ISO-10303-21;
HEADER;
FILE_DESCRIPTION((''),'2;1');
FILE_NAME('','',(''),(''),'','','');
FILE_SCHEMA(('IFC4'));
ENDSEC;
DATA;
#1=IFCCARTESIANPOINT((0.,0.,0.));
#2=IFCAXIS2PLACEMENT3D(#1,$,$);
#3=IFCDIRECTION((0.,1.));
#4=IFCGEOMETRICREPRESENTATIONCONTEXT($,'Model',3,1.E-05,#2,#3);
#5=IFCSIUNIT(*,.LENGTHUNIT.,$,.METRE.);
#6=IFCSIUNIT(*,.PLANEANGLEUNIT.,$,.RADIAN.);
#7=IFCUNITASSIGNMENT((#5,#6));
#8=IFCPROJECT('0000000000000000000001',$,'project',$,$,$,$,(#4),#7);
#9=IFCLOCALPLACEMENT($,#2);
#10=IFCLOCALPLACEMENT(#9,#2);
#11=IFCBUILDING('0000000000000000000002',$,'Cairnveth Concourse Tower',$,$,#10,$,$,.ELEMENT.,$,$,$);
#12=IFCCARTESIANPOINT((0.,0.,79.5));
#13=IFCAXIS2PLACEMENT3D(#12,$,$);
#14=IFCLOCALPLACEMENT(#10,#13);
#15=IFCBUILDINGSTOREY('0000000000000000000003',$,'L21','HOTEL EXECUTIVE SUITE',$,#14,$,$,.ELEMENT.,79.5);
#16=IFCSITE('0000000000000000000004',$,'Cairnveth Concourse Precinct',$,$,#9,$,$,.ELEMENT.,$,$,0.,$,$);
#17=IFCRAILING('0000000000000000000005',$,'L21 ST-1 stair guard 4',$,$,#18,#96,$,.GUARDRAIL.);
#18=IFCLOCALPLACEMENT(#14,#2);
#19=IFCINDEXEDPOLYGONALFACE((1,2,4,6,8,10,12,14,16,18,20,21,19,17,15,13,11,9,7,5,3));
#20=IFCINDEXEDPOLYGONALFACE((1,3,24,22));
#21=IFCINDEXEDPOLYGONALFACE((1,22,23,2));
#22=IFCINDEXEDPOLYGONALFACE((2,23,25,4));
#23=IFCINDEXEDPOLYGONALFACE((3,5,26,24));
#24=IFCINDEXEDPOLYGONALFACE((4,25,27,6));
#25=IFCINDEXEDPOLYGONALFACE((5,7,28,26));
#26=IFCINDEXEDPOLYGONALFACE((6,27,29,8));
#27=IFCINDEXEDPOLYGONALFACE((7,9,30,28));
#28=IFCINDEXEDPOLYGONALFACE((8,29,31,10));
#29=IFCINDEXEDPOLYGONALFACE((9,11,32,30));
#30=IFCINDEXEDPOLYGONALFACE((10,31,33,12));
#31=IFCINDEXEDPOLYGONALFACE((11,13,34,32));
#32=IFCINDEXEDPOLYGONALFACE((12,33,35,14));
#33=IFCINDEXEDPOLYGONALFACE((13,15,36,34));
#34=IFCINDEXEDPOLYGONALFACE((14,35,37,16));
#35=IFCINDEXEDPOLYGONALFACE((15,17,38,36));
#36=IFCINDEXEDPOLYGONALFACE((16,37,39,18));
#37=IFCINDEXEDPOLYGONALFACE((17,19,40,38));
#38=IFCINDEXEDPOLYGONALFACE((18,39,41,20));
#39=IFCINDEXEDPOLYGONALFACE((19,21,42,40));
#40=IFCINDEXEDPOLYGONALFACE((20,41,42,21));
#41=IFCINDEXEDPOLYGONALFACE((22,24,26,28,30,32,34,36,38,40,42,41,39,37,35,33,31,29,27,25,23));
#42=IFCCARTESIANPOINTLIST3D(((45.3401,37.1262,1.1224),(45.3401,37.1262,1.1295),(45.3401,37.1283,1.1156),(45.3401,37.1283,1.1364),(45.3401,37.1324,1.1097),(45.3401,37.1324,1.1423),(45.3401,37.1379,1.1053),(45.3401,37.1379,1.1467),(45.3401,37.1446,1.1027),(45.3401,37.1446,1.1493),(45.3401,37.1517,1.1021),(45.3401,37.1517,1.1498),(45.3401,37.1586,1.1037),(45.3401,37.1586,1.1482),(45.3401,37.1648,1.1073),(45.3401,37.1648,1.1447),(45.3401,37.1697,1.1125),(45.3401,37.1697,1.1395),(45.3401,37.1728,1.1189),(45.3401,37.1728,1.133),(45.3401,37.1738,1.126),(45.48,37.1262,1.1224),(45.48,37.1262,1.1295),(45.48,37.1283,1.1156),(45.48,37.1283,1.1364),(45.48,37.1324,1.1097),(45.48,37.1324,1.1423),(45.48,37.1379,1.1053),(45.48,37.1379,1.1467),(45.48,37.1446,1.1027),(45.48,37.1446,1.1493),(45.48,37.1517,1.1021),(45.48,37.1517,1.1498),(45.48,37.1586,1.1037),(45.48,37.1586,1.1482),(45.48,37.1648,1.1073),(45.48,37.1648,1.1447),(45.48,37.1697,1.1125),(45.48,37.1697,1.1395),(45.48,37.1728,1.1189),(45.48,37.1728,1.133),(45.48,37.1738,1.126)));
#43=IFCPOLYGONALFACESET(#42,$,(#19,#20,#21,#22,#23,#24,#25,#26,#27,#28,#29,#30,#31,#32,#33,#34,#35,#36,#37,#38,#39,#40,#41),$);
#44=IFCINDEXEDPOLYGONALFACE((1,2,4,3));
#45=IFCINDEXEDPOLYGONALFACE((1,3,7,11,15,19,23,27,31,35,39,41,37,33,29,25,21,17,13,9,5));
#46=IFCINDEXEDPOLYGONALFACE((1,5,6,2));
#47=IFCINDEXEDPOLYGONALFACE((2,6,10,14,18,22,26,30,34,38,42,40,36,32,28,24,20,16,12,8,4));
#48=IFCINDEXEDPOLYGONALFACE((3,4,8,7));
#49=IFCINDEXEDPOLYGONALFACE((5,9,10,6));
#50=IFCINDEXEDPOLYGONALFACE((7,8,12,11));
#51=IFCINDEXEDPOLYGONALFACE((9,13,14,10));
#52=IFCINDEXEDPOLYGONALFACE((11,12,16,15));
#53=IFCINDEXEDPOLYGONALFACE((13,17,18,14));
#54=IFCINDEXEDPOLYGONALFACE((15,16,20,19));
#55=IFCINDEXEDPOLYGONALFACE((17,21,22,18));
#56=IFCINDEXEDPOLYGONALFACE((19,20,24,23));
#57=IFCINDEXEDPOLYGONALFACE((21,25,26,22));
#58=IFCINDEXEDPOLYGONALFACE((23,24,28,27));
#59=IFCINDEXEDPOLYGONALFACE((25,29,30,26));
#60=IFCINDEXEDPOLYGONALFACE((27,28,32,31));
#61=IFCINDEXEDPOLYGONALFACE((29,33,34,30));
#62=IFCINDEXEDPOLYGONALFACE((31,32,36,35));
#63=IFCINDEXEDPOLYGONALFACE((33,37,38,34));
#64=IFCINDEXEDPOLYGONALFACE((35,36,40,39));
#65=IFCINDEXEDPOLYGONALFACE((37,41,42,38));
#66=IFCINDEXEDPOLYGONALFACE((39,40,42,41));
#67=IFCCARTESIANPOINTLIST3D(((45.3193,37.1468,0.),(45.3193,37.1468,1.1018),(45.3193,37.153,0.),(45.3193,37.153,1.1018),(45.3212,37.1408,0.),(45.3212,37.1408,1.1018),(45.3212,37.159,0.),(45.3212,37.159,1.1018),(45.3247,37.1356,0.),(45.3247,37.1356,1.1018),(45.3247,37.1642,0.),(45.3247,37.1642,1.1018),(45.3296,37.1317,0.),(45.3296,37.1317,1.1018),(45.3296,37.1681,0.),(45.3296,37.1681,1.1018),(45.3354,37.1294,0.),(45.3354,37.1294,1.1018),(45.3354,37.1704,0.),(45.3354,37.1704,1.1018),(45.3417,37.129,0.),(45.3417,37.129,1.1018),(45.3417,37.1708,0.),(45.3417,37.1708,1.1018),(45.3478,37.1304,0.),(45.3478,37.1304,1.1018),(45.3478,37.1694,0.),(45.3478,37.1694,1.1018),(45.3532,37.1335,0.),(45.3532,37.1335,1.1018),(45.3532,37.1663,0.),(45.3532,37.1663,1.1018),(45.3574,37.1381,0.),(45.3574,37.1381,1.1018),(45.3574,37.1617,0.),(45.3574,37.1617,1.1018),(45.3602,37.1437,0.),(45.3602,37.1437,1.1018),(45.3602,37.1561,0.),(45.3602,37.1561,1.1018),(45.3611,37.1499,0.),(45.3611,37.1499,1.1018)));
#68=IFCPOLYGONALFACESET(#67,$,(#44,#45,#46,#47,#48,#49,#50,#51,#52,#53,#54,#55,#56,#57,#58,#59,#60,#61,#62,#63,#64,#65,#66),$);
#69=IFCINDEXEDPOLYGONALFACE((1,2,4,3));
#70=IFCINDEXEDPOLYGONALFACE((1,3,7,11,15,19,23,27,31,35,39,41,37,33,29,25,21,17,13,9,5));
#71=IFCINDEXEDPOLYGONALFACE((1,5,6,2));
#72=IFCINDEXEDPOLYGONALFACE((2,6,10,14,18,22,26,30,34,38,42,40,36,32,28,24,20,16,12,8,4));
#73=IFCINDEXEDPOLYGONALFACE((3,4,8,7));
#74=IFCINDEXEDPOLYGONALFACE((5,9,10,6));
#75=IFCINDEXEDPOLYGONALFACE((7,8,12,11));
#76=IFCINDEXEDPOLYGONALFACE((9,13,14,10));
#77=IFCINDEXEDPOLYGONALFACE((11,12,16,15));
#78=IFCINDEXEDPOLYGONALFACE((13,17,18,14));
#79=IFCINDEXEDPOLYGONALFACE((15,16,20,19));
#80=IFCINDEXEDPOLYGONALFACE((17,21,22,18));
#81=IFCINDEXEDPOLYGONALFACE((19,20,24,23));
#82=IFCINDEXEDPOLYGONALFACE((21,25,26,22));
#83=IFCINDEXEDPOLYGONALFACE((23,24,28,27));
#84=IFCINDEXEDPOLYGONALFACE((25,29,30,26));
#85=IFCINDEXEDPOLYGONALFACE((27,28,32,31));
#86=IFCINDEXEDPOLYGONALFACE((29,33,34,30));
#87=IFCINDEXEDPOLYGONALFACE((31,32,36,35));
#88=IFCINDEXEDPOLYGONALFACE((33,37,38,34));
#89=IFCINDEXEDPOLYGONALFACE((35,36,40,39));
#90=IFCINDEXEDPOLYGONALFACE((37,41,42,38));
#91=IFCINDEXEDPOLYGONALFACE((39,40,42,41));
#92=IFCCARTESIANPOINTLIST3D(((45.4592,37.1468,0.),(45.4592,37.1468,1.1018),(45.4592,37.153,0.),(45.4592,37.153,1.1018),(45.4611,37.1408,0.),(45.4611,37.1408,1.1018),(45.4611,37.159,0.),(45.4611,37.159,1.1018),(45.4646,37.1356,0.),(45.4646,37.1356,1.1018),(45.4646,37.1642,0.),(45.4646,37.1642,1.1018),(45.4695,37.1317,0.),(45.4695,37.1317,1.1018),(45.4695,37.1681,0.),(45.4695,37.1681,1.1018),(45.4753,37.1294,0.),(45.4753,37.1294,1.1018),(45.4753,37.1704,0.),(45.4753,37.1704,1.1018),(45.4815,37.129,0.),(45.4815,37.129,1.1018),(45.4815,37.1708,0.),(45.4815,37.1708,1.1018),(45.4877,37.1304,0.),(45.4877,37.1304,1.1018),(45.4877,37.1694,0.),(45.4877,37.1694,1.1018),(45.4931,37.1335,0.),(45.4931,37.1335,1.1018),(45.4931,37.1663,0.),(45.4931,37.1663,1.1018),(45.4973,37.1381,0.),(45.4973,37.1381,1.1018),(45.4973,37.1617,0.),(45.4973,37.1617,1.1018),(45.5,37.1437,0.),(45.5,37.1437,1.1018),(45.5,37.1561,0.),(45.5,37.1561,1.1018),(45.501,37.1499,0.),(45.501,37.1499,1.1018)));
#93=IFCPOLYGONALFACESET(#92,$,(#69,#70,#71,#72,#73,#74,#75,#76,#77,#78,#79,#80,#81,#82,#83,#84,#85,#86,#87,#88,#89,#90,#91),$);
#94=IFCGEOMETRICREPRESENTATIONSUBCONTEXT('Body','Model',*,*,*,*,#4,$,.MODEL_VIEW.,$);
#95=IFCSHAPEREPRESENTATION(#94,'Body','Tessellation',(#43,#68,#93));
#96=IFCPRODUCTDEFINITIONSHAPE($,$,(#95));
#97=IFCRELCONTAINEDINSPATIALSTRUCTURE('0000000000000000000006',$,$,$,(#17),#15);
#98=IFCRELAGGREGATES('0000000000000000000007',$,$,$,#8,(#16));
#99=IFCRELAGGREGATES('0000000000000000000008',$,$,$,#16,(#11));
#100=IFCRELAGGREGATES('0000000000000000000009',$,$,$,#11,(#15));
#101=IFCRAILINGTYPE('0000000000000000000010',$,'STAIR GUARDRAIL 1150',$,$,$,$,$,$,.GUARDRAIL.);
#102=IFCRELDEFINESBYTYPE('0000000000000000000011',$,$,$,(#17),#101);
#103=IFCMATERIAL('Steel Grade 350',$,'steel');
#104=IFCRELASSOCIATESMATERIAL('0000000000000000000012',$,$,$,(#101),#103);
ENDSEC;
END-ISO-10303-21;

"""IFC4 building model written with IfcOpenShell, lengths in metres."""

from ifc_helpers import new_model, si_unit, direction, frame, origin, origin_2d, place, context, subcontext, project, spatial, circle, extrude, material, type_object, element, save


model = new_model("IFC4")

# Units and contexts
model_context = context("Model", 3, precision=1e-05, world=origin(), true_north=direction((0.0, 1.0)))
body_context = subcontext(model_context, "Body", "Model", "MODEL_VIEW")
ifc_project = project(units=[si_unit("LENGTHUNIT", "METRE"), si_unit("PLANEANGLEUNIT", "RADIAN")], contexts=[model_context])

# Site, building, storey
site_placement = place(None, origin())
site = spatial("IfcSite", under=ifc_project, at=site_placement, Name="Cairnveth Concourse Precinct", CompositionType="ELEMENT", RefElevation=0.0)
building_placement = place(site_placement, origin())
building = spatial("IfcBuilding", under=site, at=building_placement, Name="Cairnveth Concourse Tower", CompositionType="ELEMENT")
storey_placement = place(building_placement, frame((0.0, 0.0, 79.5)))
storey = spatial("IfcBuildingStorey", under=building, at=storey_placement, Name="L21", Description="HOTEL EXECUTIVE SUITE", CompositionType="ELEMENT", Elevation=79.5)

# Shared definitions
ifc_material_1 = material(Name="Steel Grade 350", Category="steel")

# Railing
railing_type_1 = type_object("IfcRailingType", Name="STAIR GUARDRAIL 1150", PredefinedType="GUARDRAIL", material=ifc_material_1)
railing_1_placement = place(storey_placement, frame((45.3401, 37.1499, 0.0)))
element("IfcRailing", 1, at=railing_1_placement, inside=storey, type_object=railing_type_1, Name="L21 ST-1 stair guard 4", PredefinedType="GUARDRAIL", context=body_context, shape_type="SweptSolid", body=[
    extrude(circle(Radius=0.0239, at=origin_2d()), frame((0.0, 0.0, 1.126), z_axis=(1.0, 0.0, 0.0), x_axis=(0.0, 1.0, 0.0)), (0.0, 0.0, 1.0), 0.1399),
    extrude(circle(Radius=0.021, at=origin_2d()), origin(), (0.0, 0.0, 1.0), 1.1018),
    extrude(circle(Radius=0.021, at=origin_2d()), frame((0.1399, 0.0, 0.0)), (0.0, 0.0, 1.0), 1.1018),
])

save(model, "model.ifc")
